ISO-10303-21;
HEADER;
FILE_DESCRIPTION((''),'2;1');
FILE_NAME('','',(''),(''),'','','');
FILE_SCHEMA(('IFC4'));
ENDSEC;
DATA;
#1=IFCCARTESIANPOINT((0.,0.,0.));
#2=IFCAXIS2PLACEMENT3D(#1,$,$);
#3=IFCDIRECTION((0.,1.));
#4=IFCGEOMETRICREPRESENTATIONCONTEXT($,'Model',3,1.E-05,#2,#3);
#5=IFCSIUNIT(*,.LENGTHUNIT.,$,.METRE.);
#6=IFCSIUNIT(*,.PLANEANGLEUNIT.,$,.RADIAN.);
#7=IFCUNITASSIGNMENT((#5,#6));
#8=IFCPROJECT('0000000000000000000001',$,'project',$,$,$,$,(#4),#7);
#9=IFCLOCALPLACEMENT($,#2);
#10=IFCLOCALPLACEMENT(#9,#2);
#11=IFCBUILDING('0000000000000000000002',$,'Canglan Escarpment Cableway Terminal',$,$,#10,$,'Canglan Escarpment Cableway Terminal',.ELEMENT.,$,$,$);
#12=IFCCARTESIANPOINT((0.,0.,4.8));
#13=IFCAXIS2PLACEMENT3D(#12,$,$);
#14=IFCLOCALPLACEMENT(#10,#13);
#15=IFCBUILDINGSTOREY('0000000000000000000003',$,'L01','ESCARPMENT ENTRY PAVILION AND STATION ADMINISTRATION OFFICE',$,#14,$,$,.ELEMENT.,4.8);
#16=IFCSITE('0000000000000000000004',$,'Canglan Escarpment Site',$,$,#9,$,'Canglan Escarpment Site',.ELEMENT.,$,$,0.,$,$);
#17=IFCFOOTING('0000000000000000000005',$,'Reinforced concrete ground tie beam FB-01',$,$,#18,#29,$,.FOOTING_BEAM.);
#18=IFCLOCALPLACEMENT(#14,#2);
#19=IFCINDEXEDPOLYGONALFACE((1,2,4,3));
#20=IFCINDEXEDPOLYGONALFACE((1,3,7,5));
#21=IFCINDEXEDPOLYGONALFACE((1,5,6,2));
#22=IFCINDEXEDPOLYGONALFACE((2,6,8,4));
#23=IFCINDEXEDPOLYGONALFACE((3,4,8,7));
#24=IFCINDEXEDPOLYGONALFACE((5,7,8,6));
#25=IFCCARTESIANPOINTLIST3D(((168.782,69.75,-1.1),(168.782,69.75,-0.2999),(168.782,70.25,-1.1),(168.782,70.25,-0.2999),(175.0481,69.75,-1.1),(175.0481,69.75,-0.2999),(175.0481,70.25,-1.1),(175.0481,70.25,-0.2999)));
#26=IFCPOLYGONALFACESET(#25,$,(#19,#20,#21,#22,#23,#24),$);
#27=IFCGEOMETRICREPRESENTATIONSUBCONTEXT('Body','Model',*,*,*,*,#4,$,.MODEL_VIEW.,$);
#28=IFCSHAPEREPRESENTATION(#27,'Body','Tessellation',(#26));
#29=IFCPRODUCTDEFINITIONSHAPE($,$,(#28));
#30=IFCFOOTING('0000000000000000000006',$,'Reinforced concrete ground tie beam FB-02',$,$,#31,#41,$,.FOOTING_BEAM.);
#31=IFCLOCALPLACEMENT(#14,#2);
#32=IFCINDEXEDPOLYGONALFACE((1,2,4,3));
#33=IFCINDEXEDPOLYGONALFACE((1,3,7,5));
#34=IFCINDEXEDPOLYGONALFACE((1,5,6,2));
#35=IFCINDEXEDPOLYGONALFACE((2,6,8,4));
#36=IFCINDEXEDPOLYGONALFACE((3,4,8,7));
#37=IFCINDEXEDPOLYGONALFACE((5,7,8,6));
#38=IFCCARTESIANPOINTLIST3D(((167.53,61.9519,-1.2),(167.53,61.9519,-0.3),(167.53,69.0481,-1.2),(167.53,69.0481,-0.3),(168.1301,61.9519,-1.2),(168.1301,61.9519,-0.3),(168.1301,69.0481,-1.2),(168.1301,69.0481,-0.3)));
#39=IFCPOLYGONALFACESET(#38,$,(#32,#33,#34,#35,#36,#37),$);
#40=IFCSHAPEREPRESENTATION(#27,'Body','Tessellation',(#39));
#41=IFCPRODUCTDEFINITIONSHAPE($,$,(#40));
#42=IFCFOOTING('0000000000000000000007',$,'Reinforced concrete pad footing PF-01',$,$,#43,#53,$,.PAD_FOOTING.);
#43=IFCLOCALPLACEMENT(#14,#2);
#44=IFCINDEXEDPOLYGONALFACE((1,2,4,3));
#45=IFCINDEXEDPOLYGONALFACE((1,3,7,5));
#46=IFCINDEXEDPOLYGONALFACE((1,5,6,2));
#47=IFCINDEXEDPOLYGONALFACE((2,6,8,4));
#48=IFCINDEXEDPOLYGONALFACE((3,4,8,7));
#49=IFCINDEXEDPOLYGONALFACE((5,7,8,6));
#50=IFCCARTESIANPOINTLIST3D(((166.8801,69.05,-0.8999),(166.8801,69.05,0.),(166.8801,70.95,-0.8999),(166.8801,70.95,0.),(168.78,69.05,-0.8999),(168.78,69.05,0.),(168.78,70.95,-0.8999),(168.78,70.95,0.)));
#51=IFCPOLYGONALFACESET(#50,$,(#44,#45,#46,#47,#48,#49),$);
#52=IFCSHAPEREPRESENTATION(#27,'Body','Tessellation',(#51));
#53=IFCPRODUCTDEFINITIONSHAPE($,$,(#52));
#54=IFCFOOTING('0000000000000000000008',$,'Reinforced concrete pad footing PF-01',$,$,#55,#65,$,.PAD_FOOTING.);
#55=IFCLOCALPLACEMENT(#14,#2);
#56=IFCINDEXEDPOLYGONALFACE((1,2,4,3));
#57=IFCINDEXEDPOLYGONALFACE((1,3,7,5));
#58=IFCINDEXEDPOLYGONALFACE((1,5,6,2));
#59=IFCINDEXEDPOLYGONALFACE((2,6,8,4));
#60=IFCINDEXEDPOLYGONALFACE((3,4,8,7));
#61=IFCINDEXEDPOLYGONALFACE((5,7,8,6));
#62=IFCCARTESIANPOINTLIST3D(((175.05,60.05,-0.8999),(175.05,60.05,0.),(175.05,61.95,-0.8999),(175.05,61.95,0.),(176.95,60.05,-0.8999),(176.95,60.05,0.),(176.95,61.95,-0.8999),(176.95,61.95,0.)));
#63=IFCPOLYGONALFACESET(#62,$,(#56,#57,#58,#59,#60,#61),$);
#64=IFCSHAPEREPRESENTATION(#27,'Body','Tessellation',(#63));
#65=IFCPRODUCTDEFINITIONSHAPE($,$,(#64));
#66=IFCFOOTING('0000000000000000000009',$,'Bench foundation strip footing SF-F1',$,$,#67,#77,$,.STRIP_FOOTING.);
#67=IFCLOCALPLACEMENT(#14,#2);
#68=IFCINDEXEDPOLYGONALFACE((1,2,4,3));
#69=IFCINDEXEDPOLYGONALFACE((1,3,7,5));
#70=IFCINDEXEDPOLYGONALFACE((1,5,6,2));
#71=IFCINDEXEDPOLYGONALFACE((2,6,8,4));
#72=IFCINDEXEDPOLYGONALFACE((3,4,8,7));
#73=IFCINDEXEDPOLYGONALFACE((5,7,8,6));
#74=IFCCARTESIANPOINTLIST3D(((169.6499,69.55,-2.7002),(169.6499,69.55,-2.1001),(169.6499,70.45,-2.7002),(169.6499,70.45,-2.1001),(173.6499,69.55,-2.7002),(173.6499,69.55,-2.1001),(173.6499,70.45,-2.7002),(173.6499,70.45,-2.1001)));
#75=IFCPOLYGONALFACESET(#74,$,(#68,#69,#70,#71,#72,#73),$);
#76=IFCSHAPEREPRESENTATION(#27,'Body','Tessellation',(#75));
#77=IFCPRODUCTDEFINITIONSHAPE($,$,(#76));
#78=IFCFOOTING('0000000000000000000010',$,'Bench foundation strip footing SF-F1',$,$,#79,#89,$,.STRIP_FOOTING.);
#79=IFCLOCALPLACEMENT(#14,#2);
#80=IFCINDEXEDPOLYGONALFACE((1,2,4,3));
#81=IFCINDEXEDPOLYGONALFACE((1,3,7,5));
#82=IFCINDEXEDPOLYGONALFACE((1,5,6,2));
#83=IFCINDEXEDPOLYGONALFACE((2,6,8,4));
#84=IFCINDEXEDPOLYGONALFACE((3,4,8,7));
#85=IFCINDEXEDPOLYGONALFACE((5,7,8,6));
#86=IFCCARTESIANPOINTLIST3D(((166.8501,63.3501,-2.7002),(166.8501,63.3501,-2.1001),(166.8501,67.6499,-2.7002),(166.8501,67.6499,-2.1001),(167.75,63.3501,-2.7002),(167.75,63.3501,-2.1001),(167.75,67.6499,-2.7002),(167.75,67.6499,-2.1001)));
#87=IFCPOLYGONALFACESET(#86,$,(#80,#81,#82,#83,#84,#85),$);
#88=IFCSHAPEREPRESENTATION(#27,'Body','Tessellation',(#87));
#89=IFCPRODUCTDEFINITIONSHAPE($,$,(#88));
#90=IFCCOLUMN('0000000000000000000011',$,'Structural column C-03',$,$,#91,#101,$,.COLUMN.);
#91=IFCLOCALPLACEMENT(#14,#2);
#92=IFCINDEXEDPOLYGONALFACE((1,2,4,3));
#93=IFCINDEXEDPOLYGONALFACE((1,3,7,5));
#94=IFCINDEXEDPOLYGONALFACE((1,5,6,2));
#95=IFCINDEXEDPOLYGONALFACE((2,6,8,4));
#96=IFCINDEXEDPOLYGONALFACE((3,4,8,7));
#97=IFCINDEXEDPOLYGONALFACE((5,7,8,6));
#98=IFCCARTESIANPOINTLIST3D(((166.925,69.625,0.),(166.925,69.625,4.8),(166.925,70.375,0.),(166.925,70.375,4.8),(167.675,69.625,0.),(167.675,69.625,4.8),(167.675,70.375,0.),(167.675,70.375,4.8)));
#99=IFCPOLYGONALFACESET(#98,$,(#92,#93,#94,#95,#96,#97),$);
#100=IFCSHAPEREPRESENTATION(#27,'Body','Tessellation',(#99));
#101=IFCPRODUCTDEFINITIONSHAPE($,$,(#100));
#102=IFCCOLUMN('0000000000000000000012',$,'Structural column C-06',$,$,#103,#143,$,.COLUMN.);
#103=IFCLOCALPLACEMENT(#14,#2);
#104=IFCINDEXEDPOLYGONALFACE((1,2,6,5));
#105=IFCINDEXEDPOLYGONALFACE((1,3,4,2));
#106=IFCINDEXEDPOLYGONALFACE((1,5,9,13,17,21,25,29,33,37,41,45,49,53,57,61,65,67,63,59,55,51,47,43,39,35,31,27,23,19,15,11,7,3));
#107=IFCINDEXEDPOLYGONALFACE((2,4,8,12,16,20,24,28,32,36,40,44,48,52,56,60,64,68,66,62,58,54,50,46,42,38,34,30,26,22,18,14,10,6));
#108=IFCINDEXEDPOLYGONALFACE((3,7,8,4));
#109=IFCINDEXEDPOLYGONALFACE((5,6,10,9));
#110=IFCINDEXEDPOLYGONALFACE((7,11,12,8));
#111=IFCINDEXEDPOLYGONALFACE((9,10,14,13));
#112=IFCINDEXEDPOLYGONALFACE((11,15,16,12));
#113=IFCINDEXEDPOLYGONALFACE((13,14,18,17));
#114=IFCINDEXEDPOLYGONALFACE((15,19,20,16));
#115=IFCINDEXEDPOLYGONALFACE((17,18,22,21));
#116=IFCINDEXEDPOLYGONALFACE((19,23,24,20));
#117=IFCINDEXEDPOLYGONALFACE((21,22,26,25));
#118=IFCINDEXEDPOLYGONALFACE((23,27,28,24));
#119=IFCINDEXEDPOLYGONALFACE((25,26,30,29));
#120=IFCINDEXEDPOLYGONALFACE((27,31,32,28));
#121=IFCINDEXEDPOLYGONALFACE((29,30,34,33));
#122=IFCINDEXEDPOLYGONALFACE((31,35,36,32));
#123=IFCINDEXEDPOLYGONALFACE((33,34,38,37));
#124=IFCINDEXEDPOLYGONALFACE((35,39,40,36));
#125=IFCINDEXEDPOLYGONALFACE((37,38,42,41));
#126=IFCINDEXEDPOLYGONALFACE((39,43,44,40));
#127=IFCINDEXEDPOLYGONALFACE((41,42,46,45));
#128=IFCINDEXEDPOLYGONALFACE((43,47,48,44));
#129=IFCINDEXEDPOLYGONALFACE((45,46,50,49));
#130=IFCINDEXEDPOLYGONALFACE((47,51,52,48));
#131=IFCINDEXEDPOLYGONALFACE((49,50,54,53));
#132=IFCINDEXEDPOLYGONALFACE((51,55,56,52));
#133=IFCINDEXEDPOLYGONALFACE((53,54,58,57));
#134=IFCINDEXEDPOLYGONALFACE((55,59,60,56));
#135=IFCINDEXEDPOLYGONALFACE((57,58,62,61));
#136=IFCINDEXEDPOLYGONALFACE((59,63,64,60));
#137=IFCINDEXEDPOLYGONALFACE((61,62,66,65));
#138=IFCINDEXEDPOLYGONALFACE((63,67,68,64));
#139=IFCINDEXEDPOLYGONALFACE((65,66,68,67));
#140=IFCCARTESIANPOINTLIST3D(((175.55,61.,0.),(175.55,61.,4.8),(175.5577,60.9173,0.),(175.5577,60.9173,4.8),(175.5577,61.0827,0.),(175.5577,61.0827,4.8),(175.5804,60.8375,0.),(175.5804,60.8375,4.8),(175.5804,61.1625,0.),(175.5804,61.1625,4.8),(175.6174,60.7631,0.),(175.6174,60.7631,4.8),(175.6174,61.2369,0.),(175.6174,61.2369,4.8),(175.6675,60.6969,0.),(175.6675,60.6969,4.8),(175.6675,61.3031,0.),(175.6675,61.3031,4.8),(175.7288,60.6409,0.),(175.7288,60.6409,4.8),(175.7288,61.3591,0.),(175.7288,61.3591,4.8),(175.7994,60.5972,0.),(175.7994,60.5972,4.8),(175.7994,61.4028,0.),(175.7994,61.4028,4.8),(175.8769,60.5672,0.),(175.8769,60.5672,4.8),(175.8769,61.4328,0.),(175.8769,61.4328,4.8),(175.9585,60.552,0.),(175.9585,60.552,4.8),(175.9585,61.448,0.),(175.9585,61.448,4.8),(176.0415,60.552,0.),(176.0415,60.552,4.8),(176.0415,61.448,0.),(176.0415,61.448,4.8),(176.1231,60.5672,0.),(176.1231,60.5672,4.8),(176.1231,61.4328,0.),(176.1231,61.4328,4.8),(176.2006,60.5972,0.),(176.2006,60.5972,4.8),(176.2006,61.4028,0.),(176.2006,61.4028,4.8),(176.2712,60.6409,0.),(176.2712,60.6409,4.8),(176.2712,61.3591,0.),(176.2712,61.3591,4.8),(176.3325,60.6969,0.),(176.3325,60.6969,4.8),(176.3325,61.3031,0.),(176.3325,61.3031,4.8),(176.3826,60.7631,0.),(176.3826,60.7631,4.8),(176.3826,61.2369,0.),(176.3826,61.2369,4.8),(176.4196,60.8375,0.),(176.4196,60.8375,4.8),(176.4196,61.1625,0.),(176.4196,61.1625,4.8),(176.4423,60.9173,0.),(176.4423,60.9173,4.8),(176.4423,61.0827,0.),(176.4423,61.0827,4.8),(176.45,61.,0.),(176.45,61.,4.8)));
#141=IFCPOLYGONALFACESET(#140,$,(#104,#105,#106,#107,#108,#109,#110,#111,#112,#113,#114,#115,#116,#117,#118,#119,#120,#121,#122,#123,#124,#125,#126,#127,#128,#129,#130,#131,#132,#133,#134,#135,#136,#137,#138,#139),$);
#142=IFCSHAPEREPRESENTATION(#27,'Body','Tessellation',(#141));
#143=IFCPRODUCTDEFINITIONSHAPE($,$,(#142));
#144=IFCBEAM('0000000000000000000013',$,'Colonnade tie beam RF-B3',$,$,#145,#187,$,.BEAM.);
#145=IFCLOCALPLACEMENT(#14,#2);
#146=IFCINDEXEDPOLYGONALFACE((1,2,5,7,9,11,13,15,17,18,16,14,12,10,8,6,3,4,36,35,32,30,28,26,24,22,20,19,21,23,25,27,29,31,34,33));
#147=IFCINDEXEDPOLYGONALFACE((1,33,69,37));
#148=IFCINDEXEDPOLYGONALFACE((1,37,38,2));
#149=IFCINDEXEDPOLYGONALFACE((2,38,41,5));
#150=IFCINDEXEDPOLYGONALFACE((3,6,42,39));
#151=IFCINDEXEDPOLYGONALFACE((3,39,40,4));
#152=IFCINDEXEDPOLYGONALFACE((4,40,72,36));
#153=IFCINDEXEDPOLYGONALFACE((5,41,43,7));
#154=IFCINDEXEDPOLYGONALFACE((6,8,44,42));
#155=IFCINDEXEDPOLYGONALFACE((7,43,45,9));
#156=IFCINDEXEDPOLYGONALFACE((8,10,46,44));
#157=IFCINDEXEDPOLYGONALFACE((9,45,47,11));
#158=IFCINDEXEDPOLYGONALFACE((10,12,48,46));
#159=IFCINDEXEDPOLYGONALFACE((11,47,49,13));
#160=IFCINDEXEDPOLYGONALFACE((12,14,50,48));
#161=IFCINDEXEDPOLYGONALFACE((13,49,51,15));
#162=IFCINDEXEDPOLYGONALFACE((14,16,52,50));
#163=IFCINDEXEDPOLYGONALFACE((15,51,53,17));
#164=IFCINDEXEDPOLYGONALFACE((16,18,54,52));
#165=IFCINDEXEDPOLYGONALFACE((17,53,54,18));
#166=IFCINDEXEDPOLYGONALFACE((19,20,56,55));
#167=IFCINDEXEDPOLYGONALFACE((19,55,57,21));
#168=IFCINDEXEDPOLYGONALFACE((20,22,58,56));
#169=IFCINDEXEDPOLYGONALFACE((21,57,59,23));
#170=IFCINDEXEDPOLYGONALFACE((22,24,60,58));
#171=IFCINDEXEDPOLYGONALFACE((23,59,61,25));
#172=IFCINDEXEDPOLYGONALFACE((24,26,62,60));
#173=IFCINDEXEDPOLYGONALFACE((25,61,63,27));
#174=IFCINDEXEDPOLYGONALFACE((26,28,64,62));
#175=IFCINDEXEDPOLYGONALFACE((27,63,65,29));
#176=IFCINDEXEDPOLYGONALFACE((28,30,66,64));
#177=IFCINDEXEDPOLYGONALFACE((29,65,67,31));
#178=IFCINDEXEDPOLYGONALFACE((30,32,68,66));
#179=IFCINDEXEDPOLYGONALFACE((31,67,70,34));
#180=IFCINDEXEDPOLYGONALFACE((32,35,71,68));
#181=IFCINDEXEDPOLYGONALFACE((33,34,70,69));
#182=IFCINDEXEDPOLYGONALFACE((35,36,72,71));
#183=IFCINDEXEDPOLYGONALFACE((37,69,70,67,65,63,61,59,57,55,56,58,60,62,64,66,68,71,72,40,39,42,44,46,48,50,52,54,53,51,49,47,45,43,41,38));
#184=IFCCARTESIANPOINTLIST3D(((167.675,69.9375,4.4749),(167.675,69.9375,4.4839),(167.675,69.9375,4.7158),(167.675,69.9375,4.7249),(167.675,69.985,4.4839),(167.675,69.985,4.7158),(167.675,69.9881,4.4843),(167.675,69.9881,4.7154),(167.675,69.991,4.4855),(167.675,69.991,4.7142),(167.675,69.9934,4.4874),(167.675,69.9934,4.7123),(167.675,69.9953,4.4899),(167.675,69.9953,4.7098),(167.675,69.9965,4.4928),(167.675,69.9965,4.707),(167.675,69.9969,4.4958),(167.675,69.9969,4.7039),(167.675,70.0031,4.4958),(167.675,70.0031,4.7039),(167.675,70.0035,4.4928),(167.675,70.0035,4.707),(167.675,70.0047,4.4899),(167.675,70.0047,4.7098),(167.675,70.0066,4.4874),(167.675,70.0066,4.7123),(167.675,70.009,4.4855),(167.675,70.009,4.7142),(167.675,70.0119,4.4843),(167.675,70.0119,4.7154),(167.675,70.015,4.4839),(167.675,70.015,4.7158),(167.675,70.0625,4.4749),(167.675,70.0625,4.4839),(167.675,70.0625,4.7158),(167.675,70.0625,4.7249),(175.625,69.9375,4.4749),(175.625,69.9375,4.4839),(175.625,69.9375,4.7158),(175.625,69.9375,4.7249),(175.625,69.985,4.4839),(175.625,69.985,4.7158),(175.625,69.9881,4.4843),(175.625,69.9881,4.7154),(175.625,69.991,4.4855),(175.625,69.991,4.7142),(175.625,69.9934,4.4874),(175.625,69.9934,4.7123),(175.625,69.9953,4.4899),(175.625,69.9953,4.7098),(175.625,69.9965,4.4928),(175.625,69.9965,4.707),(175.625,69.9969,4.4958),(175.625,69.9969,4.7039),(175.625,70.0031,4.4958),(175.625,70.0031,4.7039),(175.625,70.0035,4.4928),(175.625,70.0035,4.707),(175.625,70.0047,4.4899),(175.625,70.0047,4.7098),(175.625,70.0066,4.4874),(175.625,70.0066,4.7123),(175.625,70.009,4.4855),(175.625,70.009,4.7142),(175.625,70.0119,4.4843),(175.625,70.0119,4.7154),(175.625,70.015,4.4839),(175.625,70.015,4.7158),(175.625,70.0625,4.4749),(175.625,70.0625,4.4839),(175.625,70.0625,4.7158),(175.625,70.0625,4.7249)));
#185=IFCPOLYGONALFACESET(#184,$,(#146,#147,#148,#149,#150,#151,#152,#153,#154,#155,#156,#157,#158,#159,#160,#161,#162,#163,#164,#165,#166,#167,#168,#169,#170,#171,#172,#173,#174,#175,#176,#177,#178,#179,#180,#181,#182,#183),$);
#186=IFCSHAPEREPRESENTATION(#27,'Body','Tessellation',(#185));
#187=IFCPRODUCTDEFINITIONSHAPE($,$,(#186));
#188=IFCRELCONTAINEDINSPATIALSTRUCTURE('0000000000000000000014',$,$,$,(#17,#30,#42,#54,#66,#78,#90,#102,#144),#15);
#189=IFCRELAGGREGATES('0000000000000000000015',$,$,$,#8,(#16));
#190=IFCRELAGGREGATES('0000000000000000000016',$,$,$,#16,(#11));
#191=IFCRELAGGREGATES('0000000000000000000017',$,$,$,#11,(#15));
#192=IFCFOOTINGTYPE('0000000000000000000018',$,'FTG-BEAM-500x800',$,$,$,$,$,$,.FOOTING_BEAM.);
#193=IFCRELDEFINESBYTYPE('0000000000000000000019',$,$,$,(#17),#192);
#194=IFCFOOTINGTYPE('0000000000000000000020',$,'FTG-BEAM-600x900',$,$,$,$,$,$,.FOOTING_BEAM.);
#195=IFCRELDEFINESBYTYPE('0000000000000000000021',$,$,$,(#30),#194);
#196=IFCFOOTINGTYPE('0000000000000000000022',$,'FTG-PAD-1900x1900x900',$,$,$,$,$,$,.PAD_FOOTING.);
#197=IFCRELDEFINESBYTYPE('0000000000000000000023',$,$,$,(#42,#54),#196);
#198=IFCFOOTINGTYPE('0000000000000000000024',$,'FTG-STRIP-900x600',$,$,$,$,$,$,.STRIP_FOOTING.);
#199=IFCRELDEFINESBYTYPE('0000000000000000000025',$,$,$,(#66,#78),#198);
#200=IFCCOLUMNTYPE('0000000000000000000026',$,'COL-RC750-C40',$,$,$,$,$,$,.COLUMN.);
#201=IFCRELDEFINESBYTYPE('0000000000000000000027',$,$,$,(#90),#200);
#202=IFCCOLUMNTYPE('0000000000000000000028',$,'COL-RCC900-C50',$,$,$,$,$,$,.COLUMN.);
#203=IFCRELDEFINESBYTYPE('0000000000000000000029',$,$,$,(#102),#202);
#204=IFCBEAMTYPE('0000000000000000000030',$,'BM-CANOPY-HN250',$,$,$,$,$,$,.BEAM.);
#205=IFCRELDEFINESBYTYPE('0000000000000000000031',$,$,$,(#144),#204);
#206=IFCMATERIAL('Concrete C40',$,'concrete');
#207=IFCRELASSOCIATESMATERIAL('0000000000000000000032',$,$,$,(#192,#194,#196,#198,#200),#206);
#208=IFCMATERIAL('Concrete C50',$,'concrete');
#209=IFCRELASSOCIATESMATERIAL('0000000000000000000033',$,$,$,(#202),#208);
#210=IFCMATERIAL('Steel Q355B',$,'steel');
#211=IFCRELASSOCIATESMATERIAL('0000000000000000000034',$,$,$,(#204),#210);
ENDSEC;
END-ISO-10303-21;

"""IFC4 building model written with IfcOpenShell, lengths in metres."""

from ifc_helpers import new_model, si_unit, direction, frame, origin, origin_2d, place, context, subcontext, project, spatial, rectangle, circle, i_section, extrude, material, material_profile, profile_set, type_object, element, save


model = new_model("IFC4")

# Units and contexts
model_context = context("Model", 3, precision=1e-05, world=origin(), true_north=direction((0.0, 1.0)))
body_context = subcontext(model_context, "Body", "Model", "MODEL_VIEW")
ifc_project = project(units=[si_unit("LENGTHUNIT", "METRE"), si_unit("PLANEANGLEUNIT", "RADIAN")], contexts=[model_context])

# Site, building, storey
site_placement = place(None, origin())
site = spatial("IfcSite", under=ifc_project, at=site_placement, Name="Canglan Escarpment Site", LongName="Canglan Escarpment Site", CompositionType="ELEMENT", RefElevation=0.0)
building_placement = place(site_placement, origin())
building = spatial("IfcBuilding", under=site, at=building_placement, Name="Canglan Escarpment Cableway Terminal", LongName="Canglan Escarpment Cableway Terminal", CompositionType="ELEMENT")
storey_placement = place(building_placement, frame((0.0, 0.0, 4.8)))
storey = spatial("IfcBuildingStorey", under=building, at=storey_placement, Name="L01", Description="ESCARPMENT ENTRY PAVILION AND STATION ADMINISTRATION OFFICE", CompositionType="ELEMENT", Elevation=4.8)

# Footings
ifc_material_1 = material(Name="Concrete C40", Category="concrete")
ifc_material_profile_1 = material_profile(ifc_material_1, rectangle(XDim=0.5, YDim=0.8, at=origin_2d()), Name="FB 500x800")
ifc_profile_set_1 = profile_set([ifc_material_profile_1], Name="Concrete C40")
footing_type_1 = type_object("IfcFootingType", Name="FTG-BEAM-500x800", PredefinedType="FOOTING_BEAM", material=ifc_profile_set_1)
footing_1_placement = place(storey_placement, frame((168.782, 70.0, -0.7), z_axis=(1.0, 0.0, 0.0), x_axis=(0.0, 1.0, 0.0)))
element("IfcFooting", 1, at=footing_1_placement, inside=storey, type_object=footing_type_1, Name="Reinforced concrete ground tie beam FB-01", PredefinedType="FOOTING_BEAM", context=body_context, shape_type="SweptSolid", body=[
    extrude(rectangle(XDim=0.5, YDim=0.8, at=origin_2d()), origin(), (0.0, 0.0, 1.0), 6.2661),
])
ifc_material_profile_2 = material_profile(ifc_material_1, rectangle(XDim=0.6001, YDim=0.8999, at=origin_2d()), Name="FB 600x900")
ifc_profile_set_2 = profile_set([ifc_material_profile_2], Name="Concrete C40")
footing_type_2 = type_object("IfcFootingType", Name="FTG-BEAM-600x900", PredefinedType="FOOTING_BEAM", material=ifc_profile_set_2)
footing_2_placement = place(storey_placement, frame((167.8301, 61.9519, -0.75), z_axis=(0.0, 1.0, 0.0), x_axis=(-1.0, 0.0, 0.0)))
element("IfcFooting", 2, at=footing_2_placement, inside=storey, type_object=footing_type_2, Name="Reinforced concrete ground tie beam FB-02", PredefinedType="FOOTING_BEAM", context=body_context, shape_type="SweptSolid", body=[
    extrude(rectangle(XDim=0.6001, YDim=0.8999, at=origin_2d()), origin(), (0.0, 0.0, 1.0), 7.0962),
])
footing_type_3 = type_object("IfcFootingType", Name="FTG-PAD-1900x1900x900", PredefinedType="PAD_FOOTING", material=ifc_material_1)
for number, where, z_axis, x_axis, name in (
    (3, (167.8301, 70.0, -0.8999), (0.0, 0.0, 1.0), (1.0, 0.0, 0.0), "Reinforced concrete pad footing PF-01"),
    (4, (176.0, 61.0, -0.8999), (0.0, 0.0, 1.0), (1.0, 0.0, 0.0), "Reinforced concrete pad footing PF-01"),
):
    element("IfcFooting", number, at=place(storey_placement, frame(where, z_axis=z_axis, x_axis=x_axis)), inside=storey, type_object=footing_type_3, Name=name, PredefinedType="PAD_FOOTING", context=body_context, shape_type="SweptSolid", body=[
        extrude(rectangle(XDim=1.8999, YDim=1.8999, at=origin_2d()), origin(), (0.0, 0.0, 1.0), 0.8999),
    ])
ifc_material_profile_3 = material_profile(ifc_material_1, rectangle(XDim=0.8999, YDim=0.6001, at=origin_2d()), Name="SF 900x600")
ifc_profile_set_3 = profile_set([ifc_material_profile_3], Name="Concrete C40")
footing_type_4 = type_object("IfcFootingType", Name="FTG-STRIP-900x600", PredefinedType="STRIP_FOOTING", material=ifc_profile_set_3)
footing_3_placement = place(storey_placement, frame((169.6499, 70.0, -2.4001), z_axis=(1.0, 0.0, 0.0), x_axis=(0.0, 1.0, 0.0)))
element("IfcFooting", 5, at=footing_3_placement, inside=storey, type_object=footing_type_4, Name="Bench foundation strip footing SF-F1", PredefinedType="STRIP_FOOTING", context=body_context, shape_type="SweptSolid", body=[
    extrude(rectangle(XDim=0.8999, YDim=0.6001, at=origin_2d()), origin(), (0.0, 0.0, 1.0), 4.0),
])
footing_4_placement = place(storey_placement, frame((167.3, 63.3501, -2.4001), z_axis=(0.0, 1.0, 0.0), x_axis=(-1.0, 0.0, 0.0)))
element("IfcFooting", 6, at=footing_4_placement, inside=storey, type_object=footing_type_4, Name="Bench foundation strip footing SF-F1", PredefinedType="STRIP_FOOTING", context=body_context, shape_type="SweptSolid", body=[
    extrude(rectangle(XDim=0.8999, YDim=0.6001, at=origin_2d()), origin(), (0.0, 0.0, 1.0), 4.2998),
])

# Columns
ifc_material_profile_4 = material_profile(ifc_material_1, rectangle(XDim=0.75, YDim=0.75, at=origin_2d()), Name="RC 750x750")
ifc_profile_set_4 = profile_set([ifc_material_profile_4], Name="Concrete C40")
column_type_1 = type_object("IfcColumnType", Name="COL-RC750-C40", PredefinedType="COLUMN", material=ifc_profile_set_4)
column_1_placement = place(storey_placement, frame((167.3, 70.0, 0.0), z_axis=(0.0, 0.0, 1.0), x_axis=(1.0, 0.0, 0.0)))
element("IfcColumn", 7, at=column_1_placement, inside=storey, type_object=column_type_1, Name="Structural column C-03", PredefinedType="COLUMN", context=body_context, shape_type="SweptSolid", body=[
    extrude(rectangle(XDim=0.75, YDim=0.75, at=origin_2d()), origin(), (0.0, 0.0, 1.0), 4.8),
])
ifc_material_2 = material(Name="Concrete C50", Category="concrete")
ifc_material_profile_5 = material_profile(ifc_material_2, circle(Radius=0.45, at=origin_2d()), Name="RC-CIRC D900")
ifc_profile_set_5 = profile_set([ifc_material_profile_5], Name="Concrete C50")
column_type_2 = type_object("IfcColumnType", Name="COL-RCC900-C50", PredefinedType="COLUMN", material=ifc_profile_set_5)
column_2_placement = place(storey_placement, frame((176.0, 61.0, 0.0), z_axis=(0.0, 0.0, 1.0), x_axis=(1.0, 0.0, 0.0)))
element("IfcColumn", 8, at=column_2_placement, inside=storey, type_object=column_type_2, Name="Structural column C-06", PredefinedType="COLUMN", context=body_context, shape_type="SweptSolid", body=[
    extrude(circle(Radius=0.45, at=origin_2d()), origin(), (0.0, 0.0, 1.0), 4.8),
])

# Beam
ifc_material_3 = material(Name="Steel Q355B", Category="steel")
ifc_material_profile_6 = material_profile(ifc_material_3, i_section(OverallWidth=0.125, OverallDepth=0.25, WebThickness=0.0061, FlangeThickness=0.009, FilletRadius=0.012, at=origin_2d()), Name="HN 250x125x6x9")
ifc_profile_set_6 = profile_set([ifc_material_profile_6], Name="Steel Q355B")
beam_type_1 = type_object("IfcBeamType", Name="BM-CANOPY-HN250", PredefinedType="BEAM", material=ifc_profile_set_6)
beam_1_placement = place(storey_placement, frame((167.675, 70.0, 4.5999), z_axis=(1.0, 0.0, 0.0), x_axis=(0.0, 1.0, 0.0)))
element("IfcBeam", 9, at=beam_1_placement, inside=storey, type_object=beam_type_1, Name="Colonnade tie beam RF-B3", PredefinedType="BEAM", context=body_context, shape_type="SweptSolid", body=[
    extrude(i_section(OverallWidth=0.125, OverallDepth=0.25, WebThickness=0.0061, FlangeThickness=0.009, FilletRadius=0.012, at=origin_2d()), origin(), (0.0, 0.0, 1.0), 7.95),
])

save(model, "model.ifc")
